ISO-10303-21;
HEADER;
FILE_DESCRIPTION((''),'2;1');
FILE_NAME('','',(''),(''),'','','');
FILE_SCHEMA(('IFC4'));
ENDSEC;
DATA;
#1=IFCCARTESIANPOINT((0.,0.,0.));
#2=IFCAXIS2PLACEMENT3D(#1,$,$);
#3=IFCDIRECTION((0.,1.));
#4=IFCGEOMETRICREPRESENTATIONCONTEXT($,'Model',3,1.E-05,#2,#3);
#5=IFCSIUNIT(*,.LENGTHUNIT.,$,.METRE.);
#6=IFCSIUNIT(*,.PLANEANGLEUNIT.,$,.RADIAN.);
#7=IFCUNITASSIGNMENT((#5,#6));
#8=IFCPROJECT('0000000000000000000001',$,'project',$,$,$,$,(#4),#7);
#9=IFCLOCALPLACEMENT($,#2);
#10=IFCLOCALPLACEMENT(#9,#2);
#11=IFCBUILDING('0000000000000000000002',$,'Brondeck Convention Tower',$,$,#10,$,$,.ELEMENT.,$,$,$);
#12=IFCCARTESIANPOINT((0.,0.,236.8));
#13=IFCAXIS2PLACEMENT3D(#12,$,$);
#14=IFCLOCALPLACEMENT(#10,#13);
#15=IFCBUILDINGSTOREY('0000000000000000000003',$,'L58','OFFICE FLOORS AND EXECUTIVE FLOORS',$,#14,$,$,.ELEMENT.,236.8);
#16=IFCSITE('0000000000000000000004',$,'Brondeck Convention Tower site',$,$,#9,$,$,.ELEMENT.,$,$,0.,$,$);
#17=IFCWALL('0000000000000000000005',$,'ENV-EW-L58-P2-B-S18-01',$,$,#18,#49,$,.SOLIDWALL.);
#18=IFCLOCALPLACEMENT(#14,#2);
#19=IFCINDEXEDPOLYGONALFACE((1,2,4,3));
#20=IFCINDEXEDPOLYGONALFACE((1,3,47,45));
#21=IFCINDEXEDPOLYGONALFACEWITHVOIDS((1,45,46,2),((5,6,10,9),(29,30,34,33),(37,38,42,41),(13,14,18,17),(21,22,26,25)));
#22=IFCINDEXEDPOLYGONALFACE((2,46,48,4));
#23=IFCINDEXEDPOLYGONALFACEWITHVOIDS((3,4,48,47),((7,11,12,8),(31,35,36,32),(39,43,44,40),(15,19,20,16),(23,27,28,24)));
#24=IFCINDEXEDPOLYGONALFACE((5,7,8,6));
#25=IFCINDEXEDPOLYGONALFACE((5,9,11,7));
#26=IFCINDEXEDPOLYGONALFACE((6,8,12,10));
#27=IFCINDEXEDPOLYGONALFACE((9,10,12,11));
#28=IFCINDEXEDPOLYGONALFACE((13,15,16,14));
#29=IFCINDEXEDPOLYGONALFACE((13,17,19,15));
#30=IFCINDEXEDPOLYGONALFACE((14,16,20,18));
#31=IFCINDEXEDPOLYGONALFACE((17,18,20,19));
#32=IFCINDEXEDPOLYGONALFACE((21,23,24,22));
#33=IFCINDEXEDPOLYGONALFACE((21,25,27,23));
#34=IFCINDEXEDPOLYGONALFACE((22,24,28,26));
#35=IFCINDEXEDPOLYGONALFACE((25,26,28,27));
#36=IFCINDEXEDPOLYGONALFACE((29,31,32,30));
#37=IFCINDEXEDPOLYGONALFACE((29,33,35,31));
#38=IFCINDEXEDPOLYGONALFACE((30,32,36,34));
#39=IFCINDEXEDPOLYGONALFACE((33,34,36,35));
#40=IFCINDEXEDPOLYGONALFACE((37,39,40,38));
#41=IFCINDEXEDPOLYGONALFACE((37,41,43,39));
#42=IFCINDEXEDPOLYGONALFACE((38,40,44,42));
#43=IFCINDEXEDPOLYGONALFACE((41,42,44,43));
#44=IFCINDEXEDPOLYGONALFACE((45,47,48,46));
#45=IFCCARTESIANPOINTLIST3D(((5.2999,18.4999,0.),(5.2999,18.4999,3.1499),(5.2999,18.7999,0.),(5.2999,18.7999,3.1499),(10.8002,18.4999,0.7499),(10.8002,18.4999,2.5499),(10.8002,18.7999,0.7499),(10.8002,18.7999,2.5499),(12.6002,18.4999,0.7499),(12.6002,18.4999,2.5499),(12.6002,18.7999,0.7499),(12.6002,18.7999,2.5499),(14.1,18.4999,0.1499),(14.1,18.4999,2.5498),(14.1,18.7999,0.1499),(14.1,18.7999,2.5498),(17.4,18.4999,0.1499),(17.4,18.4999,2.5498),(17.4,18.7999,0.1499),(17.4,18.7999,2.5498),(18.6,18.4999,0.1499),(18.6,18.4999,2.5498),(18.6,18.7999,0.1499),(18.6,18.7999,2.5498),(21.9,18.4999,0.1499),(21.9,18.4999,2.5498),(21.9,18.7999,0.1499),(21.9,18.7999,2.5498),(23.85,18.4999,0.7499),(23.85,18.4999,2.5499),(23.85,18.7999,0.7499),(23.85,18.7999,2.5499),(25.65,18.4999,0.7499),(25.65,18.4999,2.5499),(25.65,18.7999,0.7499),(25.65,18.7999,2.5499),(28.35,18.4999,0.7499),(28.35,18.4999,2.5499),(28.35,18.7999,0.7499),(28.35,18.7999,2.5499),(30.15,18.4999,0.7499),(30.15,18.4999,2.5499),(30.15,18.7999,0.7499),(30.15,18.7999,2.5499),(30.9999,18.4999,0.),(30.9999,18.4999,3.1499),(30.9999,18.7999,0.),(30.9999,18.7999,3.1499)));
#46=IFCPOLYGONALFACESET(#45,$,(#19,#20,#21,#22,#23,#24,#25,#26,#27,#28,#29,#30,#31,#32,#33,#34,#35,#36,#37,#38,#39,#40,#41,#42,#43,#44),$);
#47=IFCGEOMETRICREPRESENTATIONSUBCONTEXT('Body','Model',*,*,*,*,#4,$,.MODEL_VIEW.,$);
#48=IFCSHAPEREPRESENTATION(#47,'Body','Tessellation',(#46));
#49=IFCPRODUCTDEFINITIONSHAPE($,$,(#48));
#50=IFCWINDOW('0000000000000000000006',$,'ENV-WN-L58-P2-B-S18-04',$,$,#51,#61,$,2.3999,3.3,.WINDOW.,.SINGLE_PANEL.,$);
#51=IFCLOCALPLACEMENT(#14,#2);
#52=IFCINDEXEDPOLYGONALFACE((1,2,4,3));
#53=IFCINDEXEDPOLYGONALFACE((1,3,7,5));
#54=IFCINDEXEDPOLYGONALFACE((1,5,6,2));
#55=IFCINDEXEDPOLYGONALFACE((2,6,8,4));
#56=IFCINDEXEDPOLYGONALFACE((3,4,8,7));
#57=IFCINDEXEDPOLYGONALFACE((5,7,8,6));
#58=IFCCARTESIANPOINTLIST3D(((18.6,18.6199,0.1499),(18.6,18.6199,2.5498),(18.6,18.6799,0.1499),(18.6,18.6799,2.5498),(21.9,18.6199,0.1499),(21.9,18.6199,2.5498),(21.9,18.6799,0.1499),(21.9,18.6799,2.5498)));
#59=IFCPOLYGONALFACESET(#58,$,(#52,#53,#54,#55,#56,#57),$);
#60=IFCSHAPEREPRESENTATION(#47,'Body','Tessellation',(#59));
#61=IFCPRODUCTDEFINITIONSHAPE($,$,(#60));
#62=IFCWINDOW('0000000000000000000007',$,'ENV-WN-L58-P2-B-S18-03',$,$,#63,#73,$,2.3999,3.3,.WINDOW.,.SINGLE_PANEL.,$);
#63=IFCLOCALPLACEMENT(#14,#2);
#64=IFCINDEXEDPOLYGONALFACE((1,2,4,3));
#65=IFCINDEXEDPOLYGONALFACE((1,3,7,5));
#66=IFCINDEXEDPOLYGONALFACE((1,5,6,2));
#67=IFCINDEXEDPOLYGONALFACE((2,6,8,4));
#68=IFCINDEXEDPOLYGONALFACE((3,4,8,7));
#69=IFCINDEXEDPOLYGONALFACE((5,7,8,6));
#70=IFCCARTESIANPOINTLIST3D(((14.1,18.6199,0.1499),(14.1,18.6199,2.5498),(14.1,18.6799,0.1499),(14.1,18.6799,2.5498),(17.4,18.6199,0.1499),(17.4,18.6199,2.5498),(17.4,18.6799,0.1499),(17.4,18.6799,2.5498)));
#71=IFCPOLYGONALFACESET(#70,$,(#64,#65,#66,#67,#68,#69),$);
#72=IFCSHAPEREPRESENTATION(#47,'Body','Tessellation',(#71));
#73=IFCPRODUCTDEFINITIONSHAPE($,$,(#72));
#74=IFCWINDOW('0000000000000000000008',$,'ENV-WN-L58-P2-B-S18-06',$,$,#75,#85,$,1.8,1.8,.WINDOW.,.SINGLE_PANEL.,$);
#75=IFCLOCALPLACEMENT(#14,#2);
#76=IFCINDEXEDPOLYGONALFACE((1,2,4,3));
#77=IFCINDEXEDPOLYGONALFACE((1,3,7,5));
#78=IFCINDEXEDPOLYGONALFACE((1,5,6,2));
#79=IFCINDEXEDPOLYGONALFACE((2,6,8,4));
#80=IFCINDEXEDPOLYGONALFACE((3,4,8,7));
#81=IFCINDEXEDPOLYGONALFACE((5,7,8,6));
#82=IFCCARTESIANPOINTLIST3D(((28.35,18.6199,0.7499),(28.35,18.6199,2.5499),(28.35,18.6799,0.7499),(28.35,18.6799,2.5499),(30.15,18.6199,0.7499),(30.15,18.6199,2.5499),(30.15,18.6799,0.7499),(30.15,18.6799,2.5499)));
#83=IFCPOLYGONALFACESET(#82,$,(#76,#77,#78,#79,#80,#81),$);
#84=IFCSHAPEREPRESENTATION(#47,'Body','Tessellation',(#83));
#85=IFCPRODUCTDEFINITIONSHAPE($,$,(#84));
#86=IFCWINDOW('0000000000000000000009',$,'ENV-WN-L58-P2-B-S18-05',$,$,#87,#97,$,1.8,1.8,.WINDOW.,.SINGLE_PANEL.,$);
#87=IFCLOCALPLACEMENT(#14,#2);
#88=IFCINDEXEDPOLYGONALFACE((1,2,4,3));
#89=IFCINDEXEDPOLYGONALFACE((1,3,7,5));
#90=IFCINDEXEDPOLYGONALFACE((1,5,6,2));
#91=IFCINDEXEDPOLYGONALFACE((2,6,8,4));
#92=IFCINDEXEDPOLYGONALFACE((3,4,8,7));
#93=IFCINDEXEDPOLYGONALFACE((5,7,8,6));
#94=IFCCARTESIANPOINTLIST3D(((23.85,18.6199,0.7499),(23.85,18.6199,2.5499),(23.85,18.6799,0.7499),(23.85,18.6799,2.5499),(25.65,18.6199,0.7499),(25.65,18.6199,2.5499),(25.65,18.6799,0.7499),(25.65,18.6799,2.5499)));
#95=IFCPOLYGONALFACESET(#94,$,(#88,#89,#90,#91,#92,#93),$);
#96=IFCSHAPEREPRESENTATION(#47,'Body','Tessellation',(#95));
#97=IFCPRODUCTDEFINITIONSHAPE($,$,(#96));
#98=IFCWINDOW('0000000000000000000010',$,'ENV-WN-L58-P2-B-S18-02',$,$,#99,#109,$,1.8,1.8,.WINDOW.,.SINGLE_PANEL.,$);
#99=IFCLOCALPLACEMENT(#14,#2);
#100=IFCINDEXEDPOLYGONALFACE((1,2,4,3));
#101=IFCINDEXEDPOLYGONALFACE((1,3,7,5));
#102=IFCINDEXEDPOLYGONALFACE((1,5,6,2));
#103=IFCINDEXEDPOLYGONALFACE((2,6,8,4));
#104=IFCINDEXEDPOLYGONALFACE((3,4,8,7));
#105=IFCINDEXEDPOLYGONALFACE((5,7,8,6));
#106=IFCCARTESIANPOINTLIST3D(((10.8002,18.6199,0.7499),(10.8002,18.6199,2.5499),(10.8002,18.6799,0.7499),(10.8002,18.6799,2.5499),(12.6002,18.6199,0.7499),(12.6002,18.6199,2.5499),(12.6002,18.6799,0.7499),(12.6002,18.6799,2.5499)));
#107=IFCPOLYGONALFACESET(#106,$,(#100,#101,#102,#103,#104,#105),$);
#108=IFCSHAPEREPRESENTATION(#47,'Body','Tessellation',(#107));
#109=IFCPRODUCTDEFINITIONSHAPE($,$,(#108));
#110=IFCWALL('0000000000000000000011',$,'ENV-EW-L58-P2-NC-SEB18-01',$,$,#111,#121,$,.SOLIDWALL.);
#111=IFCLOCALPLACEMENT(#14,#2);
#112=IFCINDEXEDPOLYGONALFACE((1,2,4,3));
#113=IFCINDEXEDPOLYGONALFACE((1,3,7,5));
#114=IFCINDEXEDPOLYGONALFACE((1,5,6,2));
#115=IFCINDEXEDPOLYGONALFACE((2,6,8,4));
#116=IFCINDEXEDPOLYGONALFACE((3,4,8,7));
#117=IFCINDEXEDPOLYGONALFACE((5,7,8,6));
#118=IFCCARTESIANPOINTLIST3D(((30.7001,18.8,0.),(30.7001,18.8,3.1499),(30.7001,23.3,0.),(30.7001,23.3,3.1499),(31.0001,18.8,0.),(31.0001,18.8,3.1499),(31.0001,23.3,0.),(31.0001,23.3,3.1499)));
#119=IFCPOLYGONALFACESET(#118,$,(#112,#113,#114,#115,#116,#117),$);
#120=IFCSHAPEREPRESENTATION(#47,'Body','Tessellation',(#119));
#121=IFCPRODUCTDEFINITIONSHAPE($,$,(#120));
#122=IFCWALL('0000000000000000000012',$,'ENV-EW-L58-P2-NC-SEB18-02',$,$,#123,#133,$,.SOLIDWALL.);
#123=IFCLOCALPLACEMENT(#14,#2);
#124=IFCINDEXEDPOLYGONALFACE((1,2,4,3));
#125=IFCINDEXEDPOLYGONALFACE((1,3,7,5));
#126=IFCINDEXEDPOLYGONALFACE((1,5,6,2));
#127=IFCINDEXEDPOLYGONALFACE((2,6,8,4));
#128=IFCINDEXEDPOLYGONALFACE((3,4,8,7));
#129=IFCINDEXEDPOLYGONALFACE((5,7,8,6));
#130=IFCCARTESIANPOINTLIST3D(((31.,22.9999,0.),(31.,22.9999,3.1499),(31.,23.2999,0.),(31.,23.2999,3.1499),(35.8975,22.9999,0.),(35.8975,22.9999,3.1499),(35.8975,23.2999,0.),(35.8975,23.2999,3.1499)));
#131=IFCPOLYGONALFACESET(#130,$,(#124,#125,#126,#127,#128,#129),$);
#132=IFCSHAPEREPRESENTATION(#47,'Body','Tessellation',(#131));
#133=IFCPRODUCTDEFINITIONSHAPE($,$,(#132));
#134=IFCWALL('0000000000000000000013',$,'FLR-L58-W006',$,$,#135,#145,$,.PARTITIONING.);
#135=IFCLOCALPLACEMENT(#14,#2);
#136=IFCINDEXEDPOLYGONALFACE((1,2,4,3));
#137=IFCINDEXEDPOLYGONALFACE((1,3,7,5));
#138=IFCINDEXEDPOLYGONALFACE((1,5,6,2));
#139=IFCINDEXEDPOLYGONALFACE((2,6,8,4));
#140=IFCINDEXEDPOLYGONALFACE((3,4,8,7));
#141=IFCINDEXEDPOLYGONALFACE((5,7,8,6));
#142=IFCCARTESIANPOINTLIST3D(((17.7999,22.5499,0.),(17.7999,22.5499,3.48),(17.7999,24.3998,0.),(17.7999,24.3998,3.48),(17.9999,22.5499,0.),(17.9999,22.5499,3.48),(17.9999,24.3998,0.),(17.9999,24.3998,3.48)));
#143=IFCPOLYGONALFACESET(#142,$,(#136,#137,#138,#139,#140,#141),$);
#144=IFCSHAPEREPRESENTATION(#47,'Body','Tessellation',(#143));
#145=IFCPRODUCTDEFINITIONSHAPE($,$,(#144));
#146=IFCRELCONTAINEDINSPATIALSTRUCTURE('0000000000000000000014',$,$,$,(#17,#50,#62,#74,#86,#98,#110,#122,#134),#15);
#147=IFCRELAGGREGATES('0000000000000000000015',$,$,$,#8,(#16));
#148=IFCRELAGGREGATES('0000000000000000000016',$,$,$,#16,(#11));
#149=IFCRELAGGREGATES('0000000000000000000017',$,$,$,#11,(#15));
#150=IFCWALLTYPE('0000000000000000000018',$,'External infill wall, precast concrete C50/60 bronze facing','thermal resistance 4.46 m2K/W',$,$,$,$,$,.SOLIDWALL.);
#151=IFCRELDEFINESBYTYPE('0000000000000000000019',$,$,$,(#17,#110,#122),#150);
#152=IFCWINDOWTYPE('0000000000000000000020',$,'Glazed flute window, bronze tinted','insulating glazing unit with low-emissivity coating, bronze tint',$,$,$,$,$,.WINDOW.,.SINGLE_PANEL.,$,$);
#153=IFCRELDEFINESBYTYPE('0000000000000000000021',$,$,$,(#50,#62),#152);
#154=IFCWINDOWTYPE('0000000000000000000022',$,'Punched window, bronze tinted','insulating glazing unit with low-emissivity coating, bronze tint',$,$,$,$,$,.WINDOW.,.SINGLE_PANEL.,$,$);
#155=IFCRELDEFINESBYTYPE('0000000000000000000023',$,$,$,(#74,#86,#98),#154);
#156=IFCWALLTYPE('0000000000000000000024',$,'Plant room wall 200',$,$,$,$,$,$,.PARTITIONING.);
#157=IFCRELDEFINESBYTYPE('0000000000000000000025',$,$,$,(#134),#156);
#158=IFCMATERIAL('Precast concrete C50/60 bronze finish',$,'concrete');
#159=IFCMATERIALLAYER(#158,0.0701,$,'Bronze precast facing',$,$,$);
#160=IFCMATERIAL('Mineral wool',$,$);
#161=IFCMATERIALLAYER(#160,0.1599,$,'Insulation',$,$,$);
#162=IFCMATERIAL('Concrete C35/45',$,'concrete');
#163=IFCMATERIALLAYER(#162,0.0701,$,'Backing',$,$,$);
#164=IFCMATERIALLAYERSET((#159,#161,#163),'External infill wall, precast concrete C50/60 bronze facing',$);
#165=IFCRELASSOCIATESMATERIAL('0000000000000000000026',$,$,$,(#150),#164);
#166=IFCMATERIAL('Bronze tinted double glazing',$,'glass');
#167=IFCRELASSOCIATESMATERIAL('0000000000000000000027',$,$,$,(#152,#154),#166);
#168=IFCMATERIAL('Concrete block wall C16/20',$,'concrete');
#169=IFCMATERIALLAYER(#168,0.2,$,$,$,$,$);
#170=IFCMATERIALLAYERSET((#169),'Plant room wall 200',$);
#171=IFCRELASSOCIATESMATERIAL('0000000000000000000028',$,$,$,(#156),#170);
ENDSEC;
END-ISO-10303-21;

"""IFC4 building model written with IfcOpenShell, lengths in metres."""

from ifc_helpers import new_model, si_unit, direction, frame, frame_2d, origin, place, context, subcontext, project, spatial, rectangle, extrude, material, layer, layer_set, type_object, element, fill, save


model = new_model("IFC4")

# Units and contexts
model_context = context("Model", 3, precision=1e-05, world=origin(), true_north=direction((0.0, 1.0)))
body_context = subcontext(model_context, "Body", "Model", "MODEL_VIEW")
ifc_project = project(units=[si_unit("LENGTHUNIT", "METRE"), si_unit("PLANEANGLEUNIT", "RADIAN")], contexts=[model_context])

# Site, building, storey
site_placement = place(None, origin())
site = spatial("IfcSite", under=ifc_project, at=site_placement, Name="Brondeck Convention Tower site", CompositionType="ELEMENT", RefElevation=0.0)
building_placement = place(site_placement, origin())
building = spatial("IfcBuilding", under=site, at=building_placement, Name="Brondeck Convention Tower", CompositionType="ELEMENT")
storey_placement = place(building_placement, frame((0.0, 0.0, 236.8)))
storey = spatial("IfcBuildingStorey", under=building, at=storey_placement, Name="L58", Description="OFFICE FLOORS AND EXECUTIVE FLOORS", CompositionType="ELEMENT", Elevation=236.8)

# Wall, openings, windows
ifc_material_1 = material(Name="Precast concrete C50/60 bronze finish", Category="concrete")
ifc_layer_1 = layer(ifc_material_1, 0.0701, Name="Bronze precast facing")
ifc_material_2 = material(Name="Mineral wool")
ifc_layer_2 = layer(ifc_material_2, 0.1599, Name="Insulation")
ifc_material_3 = material(Name="Concrete C35/45", Category="concrete")
ifc_layer_3 = layer(ifc_material_3, 0.0701, Name="Backing")
ifc_layer_set_1 = layer_set([ifc_layer_1, ifc_layer_2, ifc_layer_3], Name="External infill wall, precast concrete C50/60 bronze facing")
wall_type_1 = type_object("IfcWallType", Name="External infill wall, precast concrete C50/60 bronze facing", Description="thermal resistance 4.46 m2K/W", PredefinedType="SOLIDWALL", material=ifc_layer_set_1)
wall_1_placement = place(storey_placement, frame((31.0, 18.6499, 0.0), z_axis=(0.0, 0.0, 1.0), x_axis=(-1.0, 0.0, 0.0)))
wall_1 = element("IfcWall", 1, at=wall_1_placement, inside=storey, type_object=wall_type_1, Name="ENV-EW-L58-P2-B-S18-01", PredefinedType="SOLIDWALL", context=body_context, shape_type="SweptSolid", body=[
    extrude(rectangle(XDim=25.7, YDim=0.3, at=frame_2d((12.8501, 0.0))), origin(), (0.0, 0.0, 1.0), 3.1499),
])
opening_1_placement = place(wall_1_placement, frame((0.8501, 0.0, 0.75)))
opening_1 = element("IfcOpeningElement", 2, at=opening_1_placement, cuts=wall_1, PredefinedType="OPENING", context=body_context, shape_type="SweptSolid", body=[
    extrude(rectangle(XDim=1.8, YDim=1.8, at=frame_2d((0.8999, 0.8999))), frame((0.0, 0.1599, 0.0), z_axis=(0.0, -1.0, 0.0), x_axis=(1.0, 0.0, 0.0)), (0.0, 0.0, 1.0), 0.3201),
])
opening_2_placement = place(wall_1_placement, frame((5.3501, 0.0, 0.75)))
opening_2 = element("IfcOpeningElement", 3, at=opening_2_placement, cuts=wall_1, PredefinedType="OPENING", context=body_context, shape_type="SweptSolid", body=[
    extrude(rectangle(XDim=1.8, YDim=1.8, at=frame_2d((0.8999, 0.8999))), frame((0.0, 0.1599, 0.0), z_axis=(0.0, -1.0, 0.0), x_axis=(1.0, 0.0, 0.0)), (0.0, 0.0, 1.0), 0.3201),
])
opening_3_placement = place(wall_1_placement, frame((9.1001, 0.0, 0.1499)))
opening_3 = element("IfcOpeningElement", 4, at=opening_3_placement, cuts=wall_1, PredefinedType="OPENING", context=body_context, shape_type="SweptSolid", body=[
    extrude(rectangle(XDim=3.3, YDim=2.3999, at=frame_2d((1.6499, 1.2))), frame((0.0, 0.1599, 0.0), z_axis=(0.0, -1.0, 0.0), x_axis=(1.0, 0.0, 0.0)), (0.0, 0.0, 1.0), 0.3201),
])
opening_4_placement = place(wall_1_placement, frame((13.6001, 0.0, 0.1499)))
opening_4 = element("IfcOpeningElement", 5, at=opening_4_placement, cuts=wall_1, PredefinedType="OPENING", context=body_context, shape_type="SweptSolid", body=[
    extrude(rectangle(XDim=3.3, YDim=2.3999, at=frame_2d((1.6499, 1.2))), frame((0.0, 0.1599, 0.0), z_axis=(0.0, -1.0, 0.0), x_axis=(1.0, 0.0, 0.0)), (0.0, 0.0, 1.0), 0.3201),
])
opening_5_placement = place(wall_1_placement, frame((18.3999, 0.0, 0.75)))
opening_5 = element("IfcOpeningElement", 6, at=opening_5_placement, cuts=wall_1, PredefinedType="OPENING", context=body_context, shape_type="SweptSolid", body=[
    extrude(rectangle(XDim=1.8, YDim=1.8, at=frame_2d((0.8999, 0.8999))), frame((0.0, 0.1599, 0.0), z_axis=(0.0, -1.0, 0.0), x_axis=(1.0, 0.0, 0.0)), (0.0, 0.0, 1.0), 0.3201),
])
ifc_material_4 = material(Name="Bronze tinted double glazing", Category="glass")
window_type_1 = type_object("IfcWindowType", Name="Glazed flute window, bronze tinted", Description="insulating glazing unit with low-emissivity coating, bronze tint", PartitioningType="SINGLE_PANEL", PredefinedType="WINDOW", material=ifc_material_4)
window_1_placement = place(opening_3_placement, origin())
window_1 = element("IfcWindow", 7, at=window_1_placement, inside=storey, type_object=window_type_1, Name="ENV-WN-L58-P2-B-S18-04", OverallHeight=2.3999, OverallWidth=3.3, PartitioningType="SINGLE_PANEL", PredefinedType="WINDOW", context=body_context, shape_type="SweptSolid", body=[
    extrude(rectangle(XDim=3.3, YDim=2.3999, at=frame_2d((1.6499, 1.2))), frame((0.0, 0.03, 0.0), z_axis=(0.0, -1.0, 0.0), x_axis=(1.0, 0.0, 0.0)), (0.0, 0.0, 1.0), 0.0601),
])
fill(opening_3, window_1)
window_2_placement = place(opening_4_placement, origin())
window_2 = element("IfcWindow", 8, at=window_2_placement, inside=storey, type_object=window_type_1, Name="ENV-WN-L58-P2-B-S18-03", OverallHeight=2.3999, OverallWidth=3.3, PartitioningType="SINGLE_PANEL", PredefinedType="WINDOW", context=body_context, shape_type="SweptSolid", body=[
    extrude(rectangle(XDim=3.3, YDim=2.3999, at=frame_2d((1.6499, 1.2))), frame((0.0, 0.03, 0.0), z_axis=(0.0, -1.0, 0.0), x_axis=(1.0, 0.0, 0.0)), (0.0, 0.0, 1.0), 0.0601),
])
fill(opening_4, window_2)
window_type_2 = type_object("IfcWindowType", Name="Punched window, bronze tinted", Description="insulating glazing unit with low-emissivity coating, bronze tint", PartitioningType="SINGLE_PANEL", PredefinedType="WINDOW", material=ifc_material_4)
window_3_placement = place(opening_1_placement, origin())
window_3 = element("IfcWindow", 9, at=window_3_placement, inside=storey, type_object=window_type_2, Name="ENV-WN-L58-P2-B-S18-06", OverallHeight=1.8, OverallWidth=1.8, PartitioningType="SINGLE_PANEL", PredefinedType="WINDOW", context=body_context, shape_type="SweptSolid", body=[
    extrude(rectangle(XDim=1.8, YDim=1.8, at=frame_2d((0.8999, 0.8999))), frame((0.0, 0.03, 0.0), z_axis=(0.0, -1.0, 0.0), x_axis=(1.0, 0.0, 0.0)), (0.0, 0.0, 1.0), 0.0601),
])
fill(opening_1, window_3)
window_4_placement = place(opening_2_placement, origin())
window_4 = element("IfcWindow", 10, at=window_4_placement, inside=storey, type_object=window_type_2, Name="ENV-WN-L58-P2-B-S18-05", OverallHeight=1.8, OverallWidth=1.8, PartitioningType="SINGLE_PANEL", PredefinedType="WINDOW", context=body_context, shape_type="SweptSolid", body=[
    extrude(rectangle(XDim=1.8, YDim=1.8, at=frame_2d((0.8999, 0.8999))), frame((0.0, 0.03, 0.0), z_axis=(0.0, -1.0, 0.0), x_axis=(1.0, 0.0, 0.0)), (0.0, 0.0, 1.0), 0.0601),
])
fill(opening_2, window_4)
window_5_placement = place(opening_5_placement, origin())
window_5 = element("IfcWindow", 11, at=window_5_placement, inside=storey, type_object=window_type_2, Name="ENV-WN-L58-P2-B-S18-02", OverallHeight=1.8, OverallWidth=1.8, PartitioningType="SINGLE_PANEL", PredefinedType="WINDOW", context=body_context, shape_type="SweptSolid", body=[
    extrude(rectangle(XDim=1.8, YDim=1.8, at=frame_2d((0.8999, 0.8999))), frame((0.0, 0.03, 0.0), z_axis=(0.0, -1.0, 0.0), x_axis=(1.0, 0.0, 0.0)), (0.0, 0.0, 1.0), 0.0601),
])
fill(opening_5, window_5)

# Walls
wall_2_placement = place(storey_placement, frame((30.8501, 23.3, 0.0), z_axis=(0.0, 0.0, 1.0), x_axis=(0.0, -1.0, 0.0)))
element("IfcWall", 12, at=wall_2_placement, inside=storey, type_object=wall_type_1, Name="ENV-EW-L58-P2-NC-SEB18-01", PredefinedType="SOLIDWALL", context=body_context, shape_type="SweptSolid", body=[
    extrude(rectangle(XDim=4.5, YDim=0.3, at=frame_2d((2.25, 0.0))), origin(), (0.0, 0.0, 1.0), 3.1499),
])
wall_3_placement = place(storey_placement, frame((35.8975, 23.1499, 0.0), z_axis=(0.0, 0.0, 1.0), x_axis=(-1.0, 0.0, 0.0)))
element("IfcWall", 13, at=wall_3_placement, inside=storey, type_object=wall_type_1, Name="ENV-EW-L58-P2-NC-SEB18-02", PredefinedType="SOLIDWALL", context=body_context, shape_type="SweptSolid", body=[
    extrude(rectangle(XDim=4.8975, YDim=0.3, at=frame_2d((2.4487, 0.0))), origin(), (0.0, 0.0, 1.0), 3.1499),
])
ifc_material_5 = material(Name="Concrete block wall C16/20", Category="concrete")
ifc_layer_4 = layer(ifc_material_5, 0.2)
ifc_layer_set_2 = layer_set([ifc_layer_4], Name="Plant room wall 200")
wall_type_2 = type_object("IfcWallType", Name="Plant room wall 200", PredefinedType="PARTITIONING", material=ifc_layer_set_2)
wall_4_placement = place(storey_placement, frame((17.8999, 22.55, 0.0), z_axis=(0.0, 0.0, 1.0), x_axis=(0.0, 1.0, 0.0)))
element("IfcWall", 14, at=wall_4_placement, inside=storey, type_object=wall_type_2, Name="FLR-L58-W006", PredefinedType="PARTITIONING", context=body_context, shape_type="SweptSolid", body=[
    extrude(rectangle(XDim=1.8499, YDim=0.2, at=frame_2d((0.9248, 0.0))), origin(), (0.0, 0.0, 1.0), 3.48),
])

save(model, "model.ifc")
